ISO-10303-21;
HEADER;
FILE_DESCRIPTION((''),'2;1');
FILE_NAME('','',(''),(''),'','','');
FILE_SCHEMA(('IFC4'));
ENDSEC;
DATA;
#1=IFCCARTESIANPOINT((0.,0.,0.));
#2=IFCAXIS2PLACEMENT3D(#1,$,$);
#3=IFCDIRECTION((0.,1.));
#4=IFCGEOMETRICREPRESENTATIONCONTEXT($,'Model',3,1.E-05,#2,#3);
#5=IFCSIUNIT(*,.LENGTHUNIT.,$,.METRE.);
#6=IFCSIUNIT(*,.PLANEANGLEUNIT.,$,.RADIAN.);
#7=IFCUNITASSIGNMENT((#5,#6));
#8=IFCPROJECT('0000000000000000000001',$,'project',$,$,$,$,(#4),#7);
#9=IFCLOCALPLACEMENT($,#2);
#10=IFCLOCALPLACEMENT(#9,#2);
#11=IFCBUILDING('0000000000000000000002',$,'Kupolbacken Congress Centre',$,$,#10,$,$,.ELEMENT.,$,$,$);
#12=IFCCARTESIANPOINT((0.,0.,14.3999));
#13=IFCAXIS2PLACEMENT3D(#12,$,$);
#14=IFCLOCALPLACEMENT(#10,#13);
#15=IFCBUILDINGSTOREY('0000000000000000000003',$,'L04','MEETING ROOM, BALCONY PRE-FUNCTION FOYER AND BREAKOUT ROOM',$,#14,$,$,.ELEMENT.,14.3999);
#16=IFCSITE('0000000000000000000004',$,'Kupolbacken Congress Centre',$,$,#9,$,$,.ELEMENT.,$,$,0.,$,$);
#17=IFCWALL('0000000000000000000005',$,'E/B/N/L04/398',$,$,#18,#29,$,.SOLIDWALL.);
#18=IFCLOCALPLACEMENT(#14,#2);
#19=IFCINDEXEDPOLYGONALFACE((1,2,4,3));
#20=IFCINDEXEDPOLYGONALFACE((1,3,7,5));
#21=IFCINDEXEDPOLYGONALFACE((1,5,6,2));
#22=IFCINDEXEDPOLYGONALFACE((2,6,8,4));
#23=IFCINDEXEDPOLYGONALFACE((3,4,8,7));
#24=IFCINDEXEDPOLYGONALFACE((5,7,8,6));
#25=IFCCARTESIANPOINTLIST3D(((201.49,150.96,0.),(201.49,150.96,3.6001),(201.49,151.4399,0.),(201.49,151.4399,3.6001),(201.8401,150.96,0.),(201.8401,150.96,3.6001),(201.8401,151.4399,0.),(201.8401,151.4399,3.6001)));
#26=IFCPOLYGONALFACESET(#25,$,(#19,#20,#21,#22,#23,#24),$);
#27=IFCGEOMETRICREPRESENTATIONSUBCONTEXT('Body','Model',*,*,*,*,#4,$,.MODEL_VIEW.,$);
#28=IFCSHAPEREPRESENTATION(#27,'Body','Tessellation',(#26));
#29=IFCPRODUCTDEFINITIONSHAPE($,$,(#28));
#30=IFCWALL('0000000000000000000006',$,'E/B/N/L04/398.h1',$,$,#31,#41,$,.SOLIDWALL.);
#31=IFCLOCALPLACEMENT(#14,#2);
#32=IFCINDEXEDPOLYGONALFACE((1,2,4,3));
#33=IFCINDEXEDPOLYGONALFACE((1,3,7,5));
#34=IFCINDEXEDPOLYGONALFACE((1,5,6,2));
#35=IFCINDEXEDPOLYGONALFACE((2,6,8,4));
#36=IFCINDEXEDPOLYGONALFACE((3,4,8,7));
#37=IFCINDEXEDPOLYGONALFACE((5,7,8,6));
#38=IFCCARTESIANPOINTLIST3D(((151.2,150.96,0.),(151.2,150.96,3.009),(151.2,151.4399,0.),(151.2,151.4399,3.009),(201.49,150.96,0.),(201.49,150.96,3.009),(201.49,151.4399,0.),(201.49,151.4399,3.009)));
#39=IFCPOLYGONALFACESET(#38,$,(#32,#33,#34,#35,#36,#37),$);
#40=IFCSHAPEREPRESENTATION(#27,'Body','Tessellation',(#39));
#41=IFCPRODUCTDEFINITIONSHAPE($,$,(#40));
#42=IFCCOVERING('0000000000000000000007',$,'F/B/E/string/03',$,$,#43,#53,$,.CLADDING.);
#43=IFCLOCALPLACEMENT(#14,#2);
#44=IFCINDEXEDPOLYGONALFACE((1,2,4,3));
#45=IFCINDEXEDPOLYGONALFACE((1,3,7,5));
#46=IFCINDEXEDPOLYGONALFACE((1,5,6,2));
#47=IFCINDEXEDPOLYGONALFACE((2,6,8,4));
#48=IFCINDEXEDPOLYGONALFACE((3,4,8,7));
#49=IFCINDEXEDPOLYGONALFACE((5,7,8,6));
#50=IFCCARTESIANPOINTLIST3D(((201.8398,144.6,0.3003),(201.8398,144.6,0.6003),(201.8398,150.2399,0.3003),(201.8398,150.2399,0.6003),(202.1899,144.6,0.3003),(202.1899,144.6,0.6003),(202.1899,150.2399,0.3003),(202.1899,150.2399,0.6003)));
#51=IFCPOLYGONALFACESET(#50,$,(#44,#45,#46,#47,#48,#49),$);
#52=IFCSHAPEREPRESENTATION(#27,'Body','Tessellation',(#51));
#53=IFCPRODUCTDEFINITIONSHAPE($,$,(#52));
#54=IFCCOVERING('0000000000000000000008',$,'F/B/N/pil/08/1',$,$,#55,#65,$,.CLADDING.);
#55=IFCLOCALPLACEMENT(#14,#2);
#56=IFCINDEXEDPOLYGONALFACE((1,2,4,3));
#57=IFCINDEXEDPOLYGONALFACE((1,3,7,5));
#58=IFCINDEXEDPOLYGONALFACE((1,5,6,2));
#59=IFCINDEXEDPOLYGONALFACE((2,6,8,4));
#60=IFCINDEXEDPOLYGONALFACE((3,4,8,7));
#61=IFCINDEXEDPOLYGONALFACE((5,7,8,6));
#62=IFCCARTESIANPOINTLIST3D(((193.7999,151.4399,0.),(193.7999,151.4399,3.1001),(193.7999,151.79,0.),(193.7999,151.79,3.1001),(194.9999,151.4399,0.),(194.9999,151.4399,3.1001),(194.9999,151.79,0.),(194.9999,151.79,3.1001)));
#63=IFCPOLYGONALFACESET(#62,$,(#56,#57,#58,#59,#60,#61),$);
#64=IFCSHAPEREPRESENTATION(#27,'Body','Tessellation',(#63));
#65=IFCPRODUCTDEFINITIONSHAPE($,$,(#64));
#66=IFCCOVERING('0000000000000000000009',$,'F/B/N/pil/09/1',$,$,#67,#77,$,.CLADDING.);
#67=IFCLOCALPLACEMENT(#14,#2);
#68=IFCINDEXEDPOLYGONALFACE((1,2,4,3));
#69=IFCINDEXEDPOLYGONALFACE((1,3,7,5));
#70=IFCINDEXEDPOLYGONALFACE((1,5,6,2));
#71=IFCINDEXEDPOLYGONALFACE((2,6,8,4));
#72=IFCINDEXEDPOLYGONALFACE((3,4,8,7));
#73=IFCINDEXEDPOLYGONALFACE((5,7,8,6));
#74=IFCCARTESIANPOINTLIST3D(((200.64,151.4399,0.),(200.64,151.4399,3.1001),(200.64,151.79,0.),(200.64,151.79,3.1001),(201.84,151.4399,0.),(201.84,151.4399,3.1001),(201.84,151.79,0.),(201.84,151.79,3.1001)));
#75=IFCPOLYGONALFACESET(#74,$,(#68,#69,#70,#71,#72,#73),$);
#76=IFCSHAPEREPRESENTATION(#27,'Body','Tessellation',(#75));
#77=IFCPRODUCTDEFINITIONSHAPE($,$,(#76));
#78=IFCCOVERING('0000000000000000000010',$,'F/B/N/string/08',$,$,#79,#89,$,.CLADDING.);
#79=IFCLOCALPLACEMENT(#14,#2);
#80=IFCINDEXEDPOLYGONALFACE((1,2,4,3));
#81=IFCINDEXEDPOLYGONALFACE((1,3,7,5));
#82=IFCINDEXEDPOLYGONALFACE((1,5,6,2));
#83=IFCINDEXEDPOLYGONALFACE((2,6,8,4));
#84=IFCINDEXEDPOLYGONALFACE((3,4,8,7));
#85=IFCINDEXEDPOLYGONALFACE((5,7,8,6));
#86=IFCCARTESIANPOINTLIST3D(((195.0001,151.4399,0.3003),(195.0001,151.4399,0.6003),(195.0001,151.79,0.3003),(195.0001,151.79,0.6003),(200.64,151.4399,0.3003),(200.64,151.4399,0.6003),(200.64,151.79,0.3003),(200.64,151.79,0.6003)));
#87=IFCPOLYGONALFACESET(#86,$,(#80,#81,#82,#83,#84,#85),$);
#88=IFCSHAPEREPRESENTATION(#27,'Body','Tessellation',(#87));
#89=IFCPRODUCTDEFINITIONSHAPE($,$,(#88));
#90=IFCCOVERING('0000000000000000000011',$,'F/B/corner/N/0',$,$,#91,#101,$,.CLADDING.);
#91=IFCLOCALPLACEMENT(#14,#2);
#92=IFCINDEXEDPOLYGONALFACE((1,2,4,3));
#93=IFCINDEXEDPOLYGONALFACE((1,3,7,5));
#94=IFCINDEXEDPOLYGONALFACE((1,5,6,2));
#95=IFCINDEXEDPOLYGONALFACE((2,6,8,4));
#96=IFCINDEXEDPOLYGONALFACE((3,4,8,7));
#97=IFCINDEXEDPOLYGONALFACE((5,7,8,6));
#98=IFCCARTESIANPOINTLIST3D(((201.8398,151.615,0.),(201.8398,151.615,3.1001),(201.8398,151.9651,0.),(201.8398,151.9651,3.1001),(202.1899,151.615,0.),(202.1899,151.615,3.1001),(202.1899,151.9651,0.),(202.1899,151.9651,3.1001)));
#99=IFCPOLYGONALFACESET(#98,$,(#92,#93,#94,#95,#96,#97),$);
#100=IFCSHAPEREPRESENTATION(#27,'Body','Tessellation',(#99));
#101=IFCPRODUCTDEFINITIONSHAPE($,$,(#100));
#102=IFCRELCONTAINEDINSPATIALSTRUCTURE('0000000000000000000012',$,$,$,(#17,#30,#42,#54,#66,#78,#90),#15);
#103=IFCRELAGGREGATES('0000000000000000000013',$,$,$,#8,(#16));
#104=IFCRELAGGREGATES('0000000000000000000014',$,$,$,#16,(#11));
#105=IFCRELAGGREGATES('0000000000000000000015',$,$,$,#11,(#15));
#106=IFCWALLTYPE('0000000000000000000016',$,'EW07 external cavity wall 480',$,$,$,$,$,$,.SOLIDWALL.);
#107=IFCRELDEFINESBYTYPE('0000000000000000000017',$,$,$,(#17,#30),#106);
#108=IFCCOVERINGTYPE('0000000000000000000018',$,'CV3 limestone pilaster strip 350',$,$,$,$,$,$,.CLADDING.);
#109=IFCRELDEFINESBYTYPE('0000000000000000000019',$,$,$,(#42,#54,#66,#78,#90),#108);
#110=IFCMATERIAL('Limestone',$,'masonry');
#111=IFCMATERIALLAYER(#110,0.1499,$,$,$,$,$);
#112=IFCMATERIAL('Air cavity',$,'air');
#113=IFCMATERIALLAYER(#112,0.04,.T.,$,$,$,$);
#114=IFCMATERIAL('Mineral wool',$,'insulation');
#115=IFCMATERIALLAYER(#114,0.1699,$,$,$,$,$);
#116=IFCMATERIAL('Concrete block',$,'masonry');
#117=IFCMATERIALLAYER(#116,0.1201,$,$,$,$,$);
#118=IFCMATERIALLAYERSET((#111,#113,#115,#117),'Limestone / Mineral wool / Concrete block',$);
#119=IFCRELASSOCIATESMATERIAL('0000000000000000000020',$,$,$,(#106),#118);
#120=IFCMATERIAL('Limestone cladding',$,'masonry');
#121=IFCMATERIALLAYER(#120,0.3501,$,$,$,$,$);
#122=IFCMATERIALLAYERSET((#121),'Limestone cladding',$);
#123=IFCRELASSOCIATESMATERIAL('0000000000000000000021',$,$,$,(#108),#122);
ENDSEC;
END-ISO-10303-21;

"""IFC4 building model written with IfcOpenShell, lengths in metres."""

from ifc_helpers import new_model, si_unit, direction, frame, frame_2d, origin, origin_2d, place, context, subcontext, project, spatial, rectangle, extrude, material, layer, layer_set, type_object, element, save


model = new_model("IFC4")

# Units and contexts
model_context = context("Model", 3, precision=1e-05, world=origin(), true_north=direction((0.0, 1.0)))
body_context = subcontext(model_context, "Body", "Model", "MODEL_VIEW")
ifc_project = project(units=[si_unit("LENGTHUNIT", "METRE"), si_unit("PLANEANGLEUNIT", "RADIAN")], contexts=[model_context])

# Site, building, storey
site_placement = place(None, origin())
site = spatial("IfcSite", under=ifc_project, at=site_placement, Name="Kupolbacken Congress Centre", CompositionType="ELEMENT", RefElevation=0.0)
building_placement = place(site_placement, origin())
building = spatial("IfcBuilding", under=site, at=building_placement, Name="Kupolbacken Congress Centre", CompositionType="ELEMENT")
storey_placement = place(building_placement, frame((0.0, 0.0, 14.3999)))
storey = spatial("IfcBuildingStorey", under=building, at=storey_placement, Name="L04", Description="MEETING ROOM, BALCONY PRE-FUNCTION FOYER AND BREAKOUT ROOM", CompositionType="ELEMENT", Elevation=14.3999)

# Walls
ifc_material_1 = material(Name="Limestone", Category="masonry")
ifc_layer_1 = layer(ifc_material_1, 0.1499)
ifc_material_2 = material(Name="Air cavity", Category="air")
ifc_layer_2 = layer(ifc_material_2, 0.04, ventilated=True)
ifc_material_3 = material(Name="Mineral wool", Category="insulation")
ifc_layer_3 = layer(ifc_material_3, 0.1699)
ifc_material_4 = material(Name="Concrete block", Category="masonry")
ifc_layer_4 = layer(ifc_material_4, 0.1201)
ifc_layer_set_1 = layer_set([ifc_layer_1, ifc_layer_2, ifc_layer_3, ifc_layer_4], Name="Limestone / Mineral wool / Concrete block")
wall_type = type_object("IfcWallType", Name="EW07 external cavity wall 480", PredefinedType="SOLIDWALL", material=ifc_layer_set_1)
wall_1_placement = place(storey_placement, frame((201.8401, 151.2, 0.0), z_axis=(0.0, 0.0, 1.0), x_axis=(-1.0, 0.0, 0.0)))
element("IfcWall", 1, at=wall_1_placement, inside=storey, type_object=wall_type, Name="E/B/N/L04/398", PredefinedType="SOLIDWALL", context=body_context, shape_type="SweptSolid", body=[
    extrude(rectangle(XDim=0.3501, YDim=0.48, at=frame_2d((0.175, 0.0))), origin(), (0.0, 0.0, 1.0), 3.6001),
])
wall_2_placement = place(storey_placement, frame((201.49, 151.2, 0.0), z_axis=(0.0, 0.0, 1.0), x_axis=(-1.0, 0.0, 0.0)))
element("IfcWall", 2, at=wall_2_placement, inside=storey, type_object=wall_type, Name="E/B/N/L04/398.h1", PredefinedType="SOLIDWALL", context=body_context, shape_type="SweptSolid", body=[
    extrude(rectangle(XDim=50.29, YDim=0.48, at=frame_2d((25.145, 0.0))), origin(), (0.0, 0.0, 1.0), 3.009),
])

# Coverings
ifc_material_5 = material(Name="Limestone cladding", Category="masonry")
ifc_layer_5 = layer(ifc_material_5, 0.3501)
ifc_layer_set_2 = layer_set([ifc_layer_5], Name="Limestone cladding")
covering_type = type_object("IfcCoveringType", Name="CV3 limestone pilaster strip 350", PredefinedType="CLADDING", material=ifc_layer_set_2)
covering_1_placement = place(storey_placement, frame((202.0149, 147.4199, 0.3003), z_axis=(0.0, 0.0, 1.0), x_axis=(0.0, 1.0, 0.0)))
element("IfcCovering", 3, at=covering_1_placement, inside=storey, type_object=covering_type, Name="F/B/E/string/03", PredefinedType="CLADDING", context=body_context, shape_type="SweptSolid", body=[
    extrude(rectangle(XDim=5.6399, YDim=0.3501, at=origin_2d()), origin(), (0.0, 0.0, 1.0), 0.3),
])
for number, where, z_axis, x_axis, name in (
    (4, (194.3999, 151.615, 0.0), (0.0, 0.0, 1.0), (1.0, 0.0, 0.0), "F/B/N/pil/08/1"),
    (5, (201.24, 151.615, 0.0), (0.0, 0.0, 1.0), (1.0, 0.0, 0.0), "F/B/N/pil/09/1"),
):
    element("IfcCovering", number, at=place(storey_placement, frame(where, z_axis=z_axis, x_axis=x_axis)), inside=storey, type_object=covering_type, Name=name, PredefinedType="CLADDING", context=body_context, shape_type="SweptSolid", body=[
        extrude(rectangle(XDim=1.2, YDim=0.3501, at=origin_2d()), origin(), (0.0, 0.0, 1.0), 3.1001),
    ])
covering_2_placement = place(storey_placement, frame((197.8201, 151.615, 0.3003), z_axis=(0.0, 0.0, 1.0), x_axis=(1.0, 0.0, 0.0)))
element("IfcCovering", 6, at=covering_2_placement, inside=storey, type_object=covering_type, Name="F/B/N/string/08", PredefinedType="CLADDING", context=body_context, shape_type="SweptSolid", body=[
    extrude(rectangle(XDim=5.6399, YDim=0.3501, at=origin_2d()), origin(), (0.0, 0.0, 1.0), 0.3),
])
covering_3_placement = place(storey_placement, frame((202.0149, 151.79, 0.0), z_axis=(0.0, 0.0, 1.0), x_axis=(1.0, 0.0, 0.0)))
element("IfcCovering", 7, at=covering_3_placement, inside=storey, type_object=covering_type, Name="F/B/corner/N/0", PredefinedType="CLADDING", context=body_context, shape_type="SweptSolid", body=[
    extrude(rectangle(XDim=0.3501, YDim=0.3501, at=origin_2d()), origin(), (0.0, 0.0, 1.0), 3.1001),
])

save(model, "model.ifc")
